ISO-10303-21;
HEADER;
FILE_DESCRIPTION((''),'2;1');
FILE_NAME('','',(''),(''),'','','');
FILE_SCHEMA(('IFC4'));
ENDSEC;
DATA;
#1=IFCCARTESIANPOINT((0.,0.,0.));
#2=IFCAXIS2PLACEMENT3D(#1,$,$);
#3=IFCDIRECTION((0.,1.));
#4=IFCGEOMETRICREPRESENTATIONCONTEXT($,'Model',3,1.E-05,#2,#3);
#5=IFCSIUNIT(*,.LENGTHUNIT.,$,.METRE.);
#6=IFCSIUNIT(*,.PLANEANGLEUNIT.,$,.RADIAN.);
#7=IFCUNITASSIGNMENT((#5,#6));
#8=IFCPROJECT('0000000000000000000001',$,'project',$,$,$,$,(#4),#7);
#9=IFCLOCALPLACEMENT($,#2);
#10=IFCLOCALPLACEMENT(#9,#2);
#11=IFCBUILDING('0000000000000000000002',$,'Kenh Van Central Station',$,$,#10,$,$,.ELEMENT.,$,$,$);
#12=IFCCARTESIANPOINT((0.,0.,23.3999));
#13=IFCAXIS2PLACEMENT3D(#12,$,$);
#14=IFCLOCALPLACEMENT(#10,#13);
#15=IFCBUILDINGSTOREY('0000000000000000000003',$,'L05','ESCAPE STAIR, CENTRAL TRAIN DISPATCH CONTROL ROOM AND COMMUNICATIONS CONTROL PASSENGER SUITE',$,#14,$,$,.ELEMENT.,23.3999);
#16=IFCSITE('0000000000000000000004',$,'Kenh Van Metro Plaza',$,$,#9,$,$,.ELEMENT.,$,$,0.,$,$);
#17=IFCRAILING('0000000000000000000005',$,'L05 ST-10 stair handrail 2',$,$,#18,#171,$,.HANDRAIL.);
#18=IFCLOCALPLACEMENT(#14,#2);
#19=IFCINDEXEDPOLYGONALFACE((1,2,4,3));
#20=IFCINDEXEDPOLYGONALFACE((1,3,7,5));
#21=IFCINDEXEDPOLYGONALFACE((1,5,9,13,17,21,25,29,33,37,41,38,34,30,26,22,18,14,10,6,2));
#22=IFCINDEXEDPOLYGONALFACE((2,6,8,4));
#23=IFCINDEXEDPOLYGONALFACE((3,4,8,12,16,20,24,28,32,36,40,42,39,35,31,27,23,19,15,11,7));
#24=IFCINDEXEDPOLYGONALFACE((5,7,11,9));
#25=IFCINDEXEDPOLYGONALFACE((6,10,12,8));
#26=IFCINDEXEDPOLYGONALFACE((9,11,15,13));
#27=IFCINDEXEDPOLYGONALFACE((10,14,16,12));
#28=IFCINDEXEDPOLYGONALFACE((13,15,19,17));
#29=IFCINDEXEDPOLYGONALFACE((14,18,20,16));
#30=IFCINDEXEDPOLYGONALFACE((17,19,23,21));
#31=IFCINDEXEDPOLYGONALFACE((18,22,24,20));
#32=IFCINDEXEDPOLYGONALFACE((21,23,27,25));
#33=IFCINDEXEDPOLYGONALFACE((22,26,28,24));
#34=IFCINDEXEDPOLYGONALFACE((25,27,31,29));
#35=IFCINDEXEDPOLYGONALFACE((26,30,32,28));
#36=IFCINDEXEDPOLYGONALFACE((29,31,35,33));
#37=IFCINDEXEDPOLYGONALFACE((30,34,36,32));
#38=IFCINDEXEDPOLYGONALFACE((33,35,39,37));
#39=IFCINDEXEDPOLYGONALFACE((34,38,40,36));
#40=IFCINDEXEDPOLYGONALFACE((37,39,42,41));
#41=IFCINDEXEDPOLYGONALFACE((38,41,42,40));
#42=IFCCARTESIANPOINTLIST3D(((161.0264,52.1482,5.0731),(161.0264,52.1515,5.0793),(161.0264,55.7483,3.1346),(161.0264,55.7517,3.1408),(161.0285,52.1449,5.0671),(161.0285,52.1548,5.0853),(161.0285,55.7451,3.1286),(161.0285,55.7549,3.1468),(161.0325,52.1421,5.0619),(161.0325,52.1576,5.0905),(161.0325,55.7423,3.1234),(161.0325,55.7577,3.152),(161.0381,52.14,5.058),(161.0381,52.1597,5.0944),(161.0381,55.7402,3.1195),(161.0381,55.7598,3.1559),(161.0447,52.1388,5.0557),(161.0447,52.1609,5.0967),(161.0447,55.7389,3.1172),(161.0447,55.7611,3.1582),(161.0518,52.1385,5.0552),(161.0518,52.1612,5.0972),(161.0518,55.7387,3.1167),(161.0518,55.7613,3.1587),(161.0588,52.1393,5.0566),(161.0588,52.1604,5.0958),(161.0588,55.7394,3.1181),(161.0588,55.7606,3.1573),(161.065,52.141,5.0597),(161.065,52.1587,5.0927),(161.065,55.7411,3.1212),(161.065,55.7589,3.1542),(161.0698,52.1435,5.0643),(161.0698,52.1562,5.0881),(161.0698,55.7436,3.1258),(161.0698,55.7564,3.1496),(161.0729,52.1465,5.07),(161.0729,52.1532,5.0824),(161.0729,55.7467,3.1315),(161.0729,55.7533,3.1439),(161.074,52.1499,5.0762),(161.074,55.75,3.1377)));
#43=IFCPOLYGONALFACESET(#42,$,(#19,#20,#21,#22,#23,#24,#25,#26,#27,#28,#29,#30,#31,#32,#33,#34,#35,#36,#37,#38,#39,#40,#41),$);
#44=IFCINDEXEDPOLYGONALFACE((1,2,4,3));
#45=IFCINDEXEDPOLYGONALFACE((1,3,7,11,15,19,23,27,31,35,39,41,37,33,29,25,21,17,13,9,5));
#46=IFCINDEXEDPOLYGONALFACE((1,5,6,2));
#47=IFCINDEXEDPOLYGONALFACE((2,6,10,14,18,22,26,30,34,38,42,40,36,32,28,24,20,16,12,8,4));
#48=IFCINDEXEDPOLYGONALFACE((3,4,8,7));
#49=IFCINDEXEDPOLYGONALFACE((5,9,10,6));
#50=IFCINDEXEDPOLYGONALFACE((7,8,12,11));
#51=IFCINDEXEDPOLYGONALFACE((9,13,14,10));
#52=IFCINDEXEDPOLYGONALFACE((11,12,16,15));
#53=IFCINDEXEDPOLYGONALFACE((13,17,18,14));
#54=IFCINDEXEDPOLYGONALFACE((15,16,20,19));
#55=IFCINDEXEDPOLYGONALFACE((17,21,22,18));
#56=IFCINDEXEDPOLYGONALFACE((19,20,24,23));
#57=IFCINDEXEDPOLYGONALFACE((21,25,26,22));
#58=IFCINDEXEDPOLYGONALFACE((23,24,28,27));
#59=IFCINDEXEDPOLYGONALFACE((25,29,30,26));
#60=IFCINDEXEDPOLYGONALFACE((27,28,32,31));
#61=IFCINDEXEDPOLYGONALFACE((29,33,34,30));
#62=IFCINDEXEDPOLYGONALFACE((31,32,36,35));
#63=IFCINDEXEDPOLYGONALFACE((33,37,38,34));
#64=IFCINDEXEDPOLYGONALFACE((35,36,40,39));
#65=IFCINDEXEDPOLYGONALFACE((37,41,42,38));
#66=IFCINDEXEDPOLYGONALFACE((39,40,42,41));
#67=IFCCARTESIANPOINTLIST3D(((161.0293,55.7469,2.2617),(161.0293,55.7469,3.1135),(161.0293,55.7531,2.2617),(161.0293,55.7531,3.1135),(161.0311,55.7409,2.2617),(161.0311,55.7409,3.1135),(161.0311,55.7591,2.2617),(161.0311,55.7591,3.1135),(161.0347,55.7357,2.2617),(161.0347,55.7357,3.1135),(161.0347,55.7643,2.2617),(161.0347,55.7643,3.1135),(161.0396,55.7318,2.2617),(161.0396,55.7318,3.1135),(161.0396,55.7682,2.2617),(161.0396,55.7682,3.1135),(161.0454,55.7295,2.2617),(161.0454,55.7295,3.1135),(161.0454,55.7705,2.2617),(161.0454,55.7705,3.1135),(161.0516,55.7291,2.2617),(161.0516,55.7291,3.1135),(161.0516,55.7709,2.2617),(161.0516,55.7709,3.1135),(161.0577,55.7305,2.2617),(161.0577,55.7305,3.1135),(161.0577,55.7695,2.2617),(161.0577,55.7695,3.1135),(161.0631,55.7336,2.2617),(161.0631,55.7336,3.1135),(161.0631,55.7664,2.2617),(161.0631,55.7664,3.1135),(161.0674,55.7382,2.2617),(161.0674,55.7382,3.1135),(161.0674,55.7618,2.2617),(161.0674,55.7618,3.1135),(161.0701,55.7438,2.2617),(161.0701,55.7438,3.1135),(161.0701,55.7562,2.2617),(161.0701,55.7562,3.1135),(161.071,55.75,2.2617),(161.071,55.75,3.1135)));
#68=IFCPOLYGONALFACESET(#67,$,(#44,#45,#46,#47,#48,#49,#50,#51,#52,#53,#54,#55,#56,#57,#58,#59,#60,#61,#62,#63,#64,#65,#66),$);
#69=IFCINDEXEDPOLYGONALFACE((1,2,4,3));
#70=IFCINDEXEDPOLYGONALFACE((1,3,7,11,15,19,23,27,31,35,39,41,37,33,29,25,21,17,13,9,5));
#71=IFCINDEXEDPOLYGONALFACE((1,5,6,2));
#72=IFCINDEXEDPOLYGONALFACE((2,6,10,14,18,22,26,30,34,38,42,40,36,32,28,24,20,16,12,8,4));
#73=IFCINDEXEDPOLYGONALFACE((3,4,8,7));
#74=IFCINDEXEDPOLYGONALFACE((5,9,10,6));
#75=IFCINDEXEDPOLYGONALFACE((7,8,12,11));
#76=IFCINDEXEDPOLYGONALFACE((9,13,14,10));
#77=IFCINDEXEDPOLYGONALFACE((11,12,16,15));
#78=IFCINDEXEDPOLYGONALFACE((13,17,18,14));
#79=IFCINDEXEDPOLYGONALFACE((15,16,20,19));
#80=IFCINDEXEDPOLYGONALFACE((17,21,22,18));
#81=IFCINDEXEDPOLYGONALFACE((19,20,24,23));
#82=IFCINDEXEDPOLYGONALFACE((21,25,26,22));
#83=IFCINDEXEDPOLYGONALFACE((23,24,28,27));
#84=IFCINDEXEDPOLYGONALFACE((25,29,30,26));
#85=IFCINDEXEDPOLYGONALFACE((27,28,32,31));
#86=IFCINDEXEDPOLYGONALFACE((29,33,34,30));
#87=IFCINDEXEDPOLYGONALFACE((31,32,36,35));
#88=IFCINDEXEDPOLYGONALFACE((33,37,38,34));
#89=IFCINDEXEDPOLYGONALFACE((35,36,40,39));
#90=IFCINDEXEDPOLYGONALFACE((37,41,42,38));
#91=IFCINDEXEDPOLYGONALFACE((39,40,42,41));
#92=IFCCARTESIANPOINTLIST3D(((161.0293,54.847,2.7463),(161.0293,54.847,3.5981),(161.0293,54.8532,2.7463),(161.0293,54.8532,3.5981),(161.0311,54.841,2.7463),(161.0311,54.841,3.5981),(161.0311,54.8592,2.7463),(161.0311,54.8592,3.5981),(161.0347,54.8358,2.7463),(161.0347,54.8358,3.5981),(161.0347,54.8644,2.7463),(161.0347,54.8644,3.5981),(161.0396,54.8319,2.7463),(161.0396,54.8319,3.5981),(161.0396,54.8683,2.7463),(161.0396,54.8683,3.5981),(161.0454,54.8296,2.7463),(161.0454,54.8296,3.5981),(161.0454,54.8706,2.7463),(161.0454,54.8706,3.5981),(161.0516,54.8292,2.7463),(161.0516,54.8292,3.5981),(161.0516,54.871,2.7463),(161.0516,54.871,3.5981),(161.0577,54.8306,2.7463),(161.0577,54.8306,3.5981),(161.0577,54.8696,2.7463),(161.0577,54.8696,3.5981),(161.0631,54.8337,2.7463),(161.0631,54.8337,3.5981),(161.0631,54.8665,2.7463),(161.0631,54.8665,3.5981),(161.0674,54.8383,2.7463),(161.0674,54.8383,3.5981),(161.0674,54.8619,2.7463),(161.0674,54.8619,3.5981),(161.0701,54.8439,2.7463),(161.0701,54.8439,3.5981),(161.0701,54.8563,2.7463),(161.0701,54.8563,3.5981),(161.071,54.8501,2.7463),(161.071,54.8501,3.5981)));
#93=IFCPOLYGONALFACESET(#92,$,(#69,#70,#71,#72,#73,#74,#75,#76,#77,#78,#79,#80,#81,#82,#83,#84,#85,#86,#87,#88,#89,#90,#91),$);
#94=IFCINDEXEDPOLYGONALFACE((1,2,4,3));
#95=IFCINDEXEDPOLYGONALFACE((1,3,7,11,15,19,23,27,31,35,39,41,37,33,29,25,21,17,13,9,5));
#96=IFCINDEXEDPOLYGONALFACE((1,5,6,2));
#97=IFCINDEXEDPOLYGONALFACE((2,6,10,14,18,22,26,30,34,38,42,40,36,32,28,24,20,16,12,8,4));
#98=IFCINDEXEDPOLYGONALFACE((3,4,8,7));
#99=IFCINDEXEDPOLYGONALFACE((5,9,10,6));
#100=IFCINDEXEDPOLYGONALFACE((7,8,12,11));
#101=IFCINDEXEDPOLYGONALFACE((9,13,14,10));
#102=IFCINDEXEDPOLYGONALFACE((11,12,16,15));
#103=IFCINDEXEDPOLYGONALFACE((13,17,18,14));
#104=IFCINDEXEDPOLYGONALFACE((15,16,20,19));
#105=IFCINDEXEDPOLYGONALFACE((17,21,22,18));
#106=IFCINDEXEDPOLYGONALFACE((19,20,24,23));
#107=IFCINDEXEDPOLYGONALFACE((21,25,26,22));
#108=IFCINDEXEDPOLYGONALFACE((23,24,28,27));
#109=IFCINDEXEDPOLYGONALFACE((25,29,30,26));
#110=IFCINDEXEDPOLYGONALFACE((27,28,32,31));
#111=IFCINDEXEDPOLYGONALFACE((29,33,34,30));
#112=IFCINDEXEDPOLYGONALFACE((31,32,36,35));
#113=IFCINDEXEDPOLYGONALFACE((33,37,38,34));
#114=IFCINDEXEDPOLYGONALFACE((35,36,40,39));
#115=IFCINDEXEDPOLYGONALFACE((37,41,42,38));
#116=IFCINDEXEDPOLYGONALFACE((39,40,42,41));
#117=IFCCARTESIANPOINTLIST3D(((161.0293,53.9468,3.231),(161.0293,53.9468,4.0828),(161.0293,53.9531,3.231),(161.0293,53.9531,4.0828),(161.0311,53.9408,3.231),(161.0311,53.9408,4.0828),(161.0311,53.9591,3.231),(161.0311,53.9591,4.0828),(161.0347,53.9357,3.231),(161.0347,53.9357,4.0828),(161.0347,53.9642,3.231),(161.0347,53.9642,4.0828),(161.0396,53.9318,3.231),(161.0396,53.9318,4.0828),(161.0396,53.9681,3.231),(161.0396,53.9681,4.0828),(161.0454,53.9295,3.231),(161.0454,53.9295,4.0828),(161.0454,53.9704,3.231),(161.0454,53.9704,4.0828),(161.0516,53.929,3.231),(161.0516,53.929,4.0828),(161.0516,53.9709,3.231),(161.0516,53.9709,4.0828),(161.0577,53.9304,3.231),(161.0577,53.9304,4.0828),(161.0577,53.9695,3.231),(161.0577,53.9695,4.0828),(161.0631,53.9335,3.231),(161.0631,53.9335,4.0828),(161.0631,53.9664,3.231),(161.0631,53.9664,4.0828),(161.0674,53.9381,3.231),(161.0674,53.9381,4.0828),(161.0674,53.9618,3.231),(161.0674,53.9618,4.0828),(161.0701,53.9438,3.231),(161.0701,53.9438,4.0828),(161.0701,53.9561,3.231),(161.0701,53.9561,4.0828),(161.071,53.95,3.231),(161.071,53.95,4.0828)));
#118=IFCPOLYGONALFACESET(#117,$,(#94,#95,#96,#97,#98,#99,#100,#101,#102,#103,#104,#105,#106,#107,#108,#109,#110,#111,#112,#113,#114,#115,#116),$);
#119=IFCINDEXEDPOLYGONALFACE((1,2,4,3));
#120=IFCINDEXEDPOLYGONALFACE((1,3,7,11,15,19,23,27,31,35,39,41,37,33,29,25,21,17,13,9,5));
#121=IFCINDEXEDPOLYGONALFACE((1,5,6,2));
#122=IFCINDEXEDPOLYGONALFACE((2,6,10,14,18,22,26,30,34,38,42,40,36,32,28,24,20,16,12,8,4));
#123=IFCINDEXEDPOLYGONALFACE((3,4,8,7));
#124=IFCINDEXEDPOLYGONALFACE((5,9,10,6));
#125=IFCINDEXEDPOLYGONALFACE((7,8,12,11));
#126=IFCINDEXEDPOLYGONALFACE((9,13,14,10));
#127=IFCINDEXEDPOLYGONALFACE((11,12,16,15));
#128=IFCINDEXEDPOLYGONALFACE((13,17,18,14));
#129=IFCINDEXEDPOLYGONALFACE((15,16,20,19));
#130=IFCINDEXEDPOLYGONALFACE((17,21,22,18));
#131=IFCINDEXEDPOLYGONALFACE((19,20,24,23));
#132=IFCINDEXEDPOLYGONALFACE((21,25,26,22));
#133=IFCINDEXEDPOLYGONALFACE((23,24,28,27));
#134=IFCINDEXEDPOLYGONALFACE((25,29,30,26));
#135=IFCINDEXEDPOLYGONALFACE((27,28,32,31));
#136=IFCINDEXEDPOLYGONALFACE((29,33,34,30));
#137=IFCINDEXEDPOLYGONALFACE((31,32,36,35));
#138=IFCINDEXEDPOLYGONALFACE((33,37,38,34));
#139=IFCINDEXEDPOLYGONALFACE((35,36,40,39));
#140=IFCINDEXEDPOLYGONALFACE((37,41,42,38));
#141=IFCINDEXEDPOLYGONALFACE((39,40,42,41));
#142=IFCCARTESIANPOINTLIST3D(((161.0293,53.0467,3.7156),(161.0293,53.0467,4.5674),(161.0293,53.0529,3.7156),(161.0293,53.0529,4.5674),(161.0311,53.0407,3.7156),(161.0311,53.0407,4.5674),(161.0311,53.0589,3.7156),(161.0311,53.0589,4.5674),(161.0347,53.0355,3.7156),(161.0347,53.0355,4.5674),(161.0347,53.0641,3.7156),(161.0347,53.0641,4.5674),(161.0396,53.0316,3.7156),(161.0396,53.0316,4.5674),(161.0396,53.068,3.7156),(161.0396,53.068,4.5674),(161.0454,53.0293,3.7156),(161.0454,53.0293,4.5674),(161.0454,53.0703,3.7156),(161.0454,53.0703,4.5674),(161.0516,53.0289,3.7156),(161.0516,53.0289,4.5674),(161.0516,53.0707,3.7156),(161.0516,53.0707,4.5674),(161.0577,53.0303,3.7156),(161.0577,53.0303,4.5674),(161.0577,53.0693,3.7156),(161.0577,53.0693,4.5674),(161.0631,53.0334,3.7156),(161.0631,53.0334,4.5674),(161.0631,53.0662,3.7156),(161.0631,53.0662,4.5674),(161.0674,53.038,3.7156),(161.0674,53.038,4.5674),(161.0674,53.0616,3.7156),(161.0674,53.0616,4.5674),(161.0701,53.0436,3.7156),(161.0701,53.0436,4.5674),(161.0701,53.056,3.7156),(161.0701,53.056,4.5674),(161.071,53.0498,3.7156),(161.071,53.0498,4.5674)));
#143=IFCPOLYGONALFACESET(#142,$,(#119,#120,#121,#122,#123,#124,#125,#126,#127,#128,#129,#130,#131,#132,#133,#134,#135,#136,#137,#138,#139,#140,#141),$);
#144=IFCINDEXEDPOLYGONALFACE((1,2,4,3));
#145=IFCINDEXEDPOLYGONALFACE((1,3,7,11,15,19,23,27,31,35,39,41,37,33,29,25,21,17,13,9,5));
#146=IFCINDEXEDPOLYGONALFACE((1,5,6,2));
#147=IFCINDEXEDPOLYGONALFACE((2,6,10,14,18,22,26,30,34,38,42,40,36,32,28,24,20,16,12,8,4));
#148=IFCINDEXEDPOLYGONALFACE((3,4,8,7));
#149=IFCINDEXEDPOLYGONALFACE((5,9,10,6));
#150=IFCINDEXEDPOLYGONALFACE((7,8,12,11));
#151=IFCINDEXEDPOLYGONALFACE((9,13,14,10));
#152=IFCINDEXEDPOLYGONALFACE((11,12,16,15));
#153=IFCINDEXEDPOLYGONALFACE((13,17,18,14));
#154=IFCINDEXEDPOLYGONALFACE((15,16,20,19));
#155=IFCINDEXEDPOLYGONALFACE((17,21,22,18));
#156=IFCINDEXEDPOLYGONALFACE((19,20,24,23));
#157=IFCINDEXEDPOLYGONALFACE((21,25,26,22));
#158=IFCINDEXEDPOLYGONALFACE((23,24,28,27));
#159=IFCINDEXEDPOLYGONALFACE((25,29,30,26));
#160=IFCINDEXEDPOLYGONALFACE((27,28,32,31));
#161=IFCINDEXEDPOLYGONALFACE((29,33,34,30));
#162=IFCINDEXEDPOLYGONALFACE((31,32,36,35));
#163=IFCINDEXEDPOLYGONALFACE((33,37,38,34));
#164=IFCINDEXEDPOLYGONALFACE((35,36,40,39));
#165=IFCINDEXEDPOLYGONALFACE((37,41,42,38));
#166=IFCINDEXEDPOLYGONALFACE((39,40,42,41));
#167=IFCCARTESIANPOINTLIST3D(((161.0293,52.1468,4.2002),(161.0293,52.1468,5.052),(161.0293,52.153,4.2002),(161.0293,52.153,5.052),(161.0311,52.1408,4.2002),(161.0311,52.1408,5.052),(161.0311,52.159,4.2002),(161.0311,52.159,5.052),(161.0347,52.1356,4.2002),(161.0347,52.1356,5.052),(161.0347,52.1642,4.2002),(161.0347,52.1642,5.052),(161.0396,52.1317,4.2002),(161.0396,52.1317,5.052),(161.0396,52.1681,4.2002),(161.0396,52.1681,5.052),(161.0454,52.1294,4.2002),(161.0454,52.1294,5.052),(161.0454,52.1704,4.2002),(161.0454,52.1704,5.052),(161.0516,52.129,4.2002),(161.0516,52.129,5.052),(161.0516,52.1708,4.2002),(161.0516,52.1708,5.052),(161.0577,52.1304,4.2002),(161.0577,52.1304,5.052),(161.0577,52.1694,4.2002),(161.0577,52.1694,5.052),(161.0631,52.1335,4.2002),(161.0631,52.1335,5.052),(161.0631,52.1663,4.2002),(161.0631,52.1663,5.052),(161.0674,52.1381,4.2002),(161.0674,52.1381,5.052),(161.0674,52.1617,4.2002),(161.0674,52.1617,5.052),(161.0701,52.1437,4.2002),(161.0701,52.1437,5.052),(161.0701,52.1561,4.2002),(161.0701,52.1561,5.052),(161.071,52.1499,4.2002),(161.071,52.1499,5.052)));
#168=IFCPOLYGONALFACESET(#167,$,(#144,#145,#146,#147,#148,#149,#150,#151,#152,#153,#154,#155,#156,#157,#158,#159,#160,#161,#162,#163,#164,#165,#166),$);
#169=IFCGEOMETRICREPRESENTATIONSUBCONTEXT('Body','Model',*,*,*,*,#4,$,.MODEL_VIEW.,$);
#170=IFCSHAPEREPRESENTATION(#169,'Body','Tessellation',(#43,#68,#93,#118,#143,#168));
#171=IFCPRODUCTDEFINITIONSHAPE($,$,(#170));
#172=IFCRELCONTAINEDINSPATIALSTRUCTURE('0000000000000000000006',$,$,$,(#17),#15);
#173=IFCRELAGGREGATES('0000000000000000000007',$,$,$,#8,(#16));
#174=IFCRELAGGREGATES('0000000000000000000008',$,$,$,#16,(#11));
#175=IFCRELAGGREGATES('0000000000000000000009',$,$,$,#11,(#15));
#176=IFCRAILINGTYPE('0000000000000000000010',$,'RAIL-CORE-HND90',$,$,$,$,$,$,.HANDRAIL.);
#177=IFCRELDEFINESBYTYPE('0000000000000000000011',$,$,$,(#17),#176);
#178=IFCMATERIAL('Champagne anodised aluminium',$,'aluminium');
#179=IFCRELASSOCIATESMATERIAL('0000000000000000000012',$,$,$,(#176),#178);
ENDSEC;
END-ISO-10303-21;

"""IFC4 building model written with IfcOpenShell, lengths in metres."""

from ifc_helpers import new_model, si_unit, direction, frame, origin, origin_2d, place, context, subcontext, project, spatial, circle, extrude, material, type_object, element, save


model = new_model("IFC4")

# Units and contexts
model_context = context("Model", 3, precision=1e-05, world=origin(), true_north=direction((0.0, 1.0)))
body_context = subcontext(model_context, "Body", "Model", "MODEL_VIEW")
ifc_project = project(units=[si_unit("LENGTHUNIT", "METRE"), si_unit("PLANEANGLEUNIT", "RADIAN")], contexts=[model_context])

# Site, building, storey
site_placement = place(None, origin())
site = spatial("IfcSite", under=ifc_project, at=site_placement, Name="Kenh Van Metro Plaza", CompositionType="ELEMENT", RefElevation=0.0)
building_placement = place(site_placement, origin())
building = spatial("IfcBuilding", under=site, at=building_placement, Name="Kenh Van Central Station", CompositionType="ELEMENT")
storey_placement = place(building_placement, frame((0.0, 0.0, 23.3999)))
storey = spatial("IfcBuildingStorey", under=building, at=storey_placement, Name="L05", Description="ESCAPE STAIR, CENTRAL TRAIN DISPATCH CONTROL ROOM AND COMMUNICATIONS CONTROL PASSENGER SUITE", CompositionType="ELEMENT", Elevation=23.3999)

# Shared definitions
ifc_material_1 = material(Name="Champagne anodised aluminium", Category="aluminium")

# Railing
railing_type_1 = type_object("IfcRailingType", Name="RAIL-CORE-HND90", PredefinedType="HANDRAIL", material=ifc_material_1)
railing_1_placement = place(storey_placement, frame((161.05, 55.75, 2.2617)))
element("IfcRailing", 1, at=railing_1_placement, inside=storey, type_object=railing_type_1, Name="L05 ST-10 stair handrail 2", PredefinedType="HANDRAIL", context=body_context, shape_type="SweptSolid", body=[
    extrude(circle(Radius=0.0239, at=origin_2d()), frame((0.0, 0.0, 0.876), z_axis=(0.0, -0.880475, 0.474093), x_axis=(1.0, 0.0, 0.0)), (0.0, 0.0, 1.0), 4.0889),
    extrude(circle(Radius=0.021, at=origin_2d()), origin(), (0.0, 0.0, 1.0), 0.8518),
    extrude(circle(Radius=0.021, at=origin_2d()), frame((0.0, -0.8999, 0.4846)), (0.0, 0.0, 1.0), 0.8518),
    extrude(circle(Radius=0.021, at=origin_2d()), frame((0.0, -1.8, 0.9692)), (0.0, 0.0, 1.0), 0.8518),
    extrude(circle(Radius=0.021, at=origin_2d()), frame((0.0, -2.7002, 1.4539)), (0.0, 0.0, 1.0), 0.8518),
    extrude(circle(Radius=0.021, at=origin_2d()), frame((0.0, -3.6001, 1.9385)), (0.0, 0.0, 1.0), 0.8518),
])

save(model, "model.ifc")
